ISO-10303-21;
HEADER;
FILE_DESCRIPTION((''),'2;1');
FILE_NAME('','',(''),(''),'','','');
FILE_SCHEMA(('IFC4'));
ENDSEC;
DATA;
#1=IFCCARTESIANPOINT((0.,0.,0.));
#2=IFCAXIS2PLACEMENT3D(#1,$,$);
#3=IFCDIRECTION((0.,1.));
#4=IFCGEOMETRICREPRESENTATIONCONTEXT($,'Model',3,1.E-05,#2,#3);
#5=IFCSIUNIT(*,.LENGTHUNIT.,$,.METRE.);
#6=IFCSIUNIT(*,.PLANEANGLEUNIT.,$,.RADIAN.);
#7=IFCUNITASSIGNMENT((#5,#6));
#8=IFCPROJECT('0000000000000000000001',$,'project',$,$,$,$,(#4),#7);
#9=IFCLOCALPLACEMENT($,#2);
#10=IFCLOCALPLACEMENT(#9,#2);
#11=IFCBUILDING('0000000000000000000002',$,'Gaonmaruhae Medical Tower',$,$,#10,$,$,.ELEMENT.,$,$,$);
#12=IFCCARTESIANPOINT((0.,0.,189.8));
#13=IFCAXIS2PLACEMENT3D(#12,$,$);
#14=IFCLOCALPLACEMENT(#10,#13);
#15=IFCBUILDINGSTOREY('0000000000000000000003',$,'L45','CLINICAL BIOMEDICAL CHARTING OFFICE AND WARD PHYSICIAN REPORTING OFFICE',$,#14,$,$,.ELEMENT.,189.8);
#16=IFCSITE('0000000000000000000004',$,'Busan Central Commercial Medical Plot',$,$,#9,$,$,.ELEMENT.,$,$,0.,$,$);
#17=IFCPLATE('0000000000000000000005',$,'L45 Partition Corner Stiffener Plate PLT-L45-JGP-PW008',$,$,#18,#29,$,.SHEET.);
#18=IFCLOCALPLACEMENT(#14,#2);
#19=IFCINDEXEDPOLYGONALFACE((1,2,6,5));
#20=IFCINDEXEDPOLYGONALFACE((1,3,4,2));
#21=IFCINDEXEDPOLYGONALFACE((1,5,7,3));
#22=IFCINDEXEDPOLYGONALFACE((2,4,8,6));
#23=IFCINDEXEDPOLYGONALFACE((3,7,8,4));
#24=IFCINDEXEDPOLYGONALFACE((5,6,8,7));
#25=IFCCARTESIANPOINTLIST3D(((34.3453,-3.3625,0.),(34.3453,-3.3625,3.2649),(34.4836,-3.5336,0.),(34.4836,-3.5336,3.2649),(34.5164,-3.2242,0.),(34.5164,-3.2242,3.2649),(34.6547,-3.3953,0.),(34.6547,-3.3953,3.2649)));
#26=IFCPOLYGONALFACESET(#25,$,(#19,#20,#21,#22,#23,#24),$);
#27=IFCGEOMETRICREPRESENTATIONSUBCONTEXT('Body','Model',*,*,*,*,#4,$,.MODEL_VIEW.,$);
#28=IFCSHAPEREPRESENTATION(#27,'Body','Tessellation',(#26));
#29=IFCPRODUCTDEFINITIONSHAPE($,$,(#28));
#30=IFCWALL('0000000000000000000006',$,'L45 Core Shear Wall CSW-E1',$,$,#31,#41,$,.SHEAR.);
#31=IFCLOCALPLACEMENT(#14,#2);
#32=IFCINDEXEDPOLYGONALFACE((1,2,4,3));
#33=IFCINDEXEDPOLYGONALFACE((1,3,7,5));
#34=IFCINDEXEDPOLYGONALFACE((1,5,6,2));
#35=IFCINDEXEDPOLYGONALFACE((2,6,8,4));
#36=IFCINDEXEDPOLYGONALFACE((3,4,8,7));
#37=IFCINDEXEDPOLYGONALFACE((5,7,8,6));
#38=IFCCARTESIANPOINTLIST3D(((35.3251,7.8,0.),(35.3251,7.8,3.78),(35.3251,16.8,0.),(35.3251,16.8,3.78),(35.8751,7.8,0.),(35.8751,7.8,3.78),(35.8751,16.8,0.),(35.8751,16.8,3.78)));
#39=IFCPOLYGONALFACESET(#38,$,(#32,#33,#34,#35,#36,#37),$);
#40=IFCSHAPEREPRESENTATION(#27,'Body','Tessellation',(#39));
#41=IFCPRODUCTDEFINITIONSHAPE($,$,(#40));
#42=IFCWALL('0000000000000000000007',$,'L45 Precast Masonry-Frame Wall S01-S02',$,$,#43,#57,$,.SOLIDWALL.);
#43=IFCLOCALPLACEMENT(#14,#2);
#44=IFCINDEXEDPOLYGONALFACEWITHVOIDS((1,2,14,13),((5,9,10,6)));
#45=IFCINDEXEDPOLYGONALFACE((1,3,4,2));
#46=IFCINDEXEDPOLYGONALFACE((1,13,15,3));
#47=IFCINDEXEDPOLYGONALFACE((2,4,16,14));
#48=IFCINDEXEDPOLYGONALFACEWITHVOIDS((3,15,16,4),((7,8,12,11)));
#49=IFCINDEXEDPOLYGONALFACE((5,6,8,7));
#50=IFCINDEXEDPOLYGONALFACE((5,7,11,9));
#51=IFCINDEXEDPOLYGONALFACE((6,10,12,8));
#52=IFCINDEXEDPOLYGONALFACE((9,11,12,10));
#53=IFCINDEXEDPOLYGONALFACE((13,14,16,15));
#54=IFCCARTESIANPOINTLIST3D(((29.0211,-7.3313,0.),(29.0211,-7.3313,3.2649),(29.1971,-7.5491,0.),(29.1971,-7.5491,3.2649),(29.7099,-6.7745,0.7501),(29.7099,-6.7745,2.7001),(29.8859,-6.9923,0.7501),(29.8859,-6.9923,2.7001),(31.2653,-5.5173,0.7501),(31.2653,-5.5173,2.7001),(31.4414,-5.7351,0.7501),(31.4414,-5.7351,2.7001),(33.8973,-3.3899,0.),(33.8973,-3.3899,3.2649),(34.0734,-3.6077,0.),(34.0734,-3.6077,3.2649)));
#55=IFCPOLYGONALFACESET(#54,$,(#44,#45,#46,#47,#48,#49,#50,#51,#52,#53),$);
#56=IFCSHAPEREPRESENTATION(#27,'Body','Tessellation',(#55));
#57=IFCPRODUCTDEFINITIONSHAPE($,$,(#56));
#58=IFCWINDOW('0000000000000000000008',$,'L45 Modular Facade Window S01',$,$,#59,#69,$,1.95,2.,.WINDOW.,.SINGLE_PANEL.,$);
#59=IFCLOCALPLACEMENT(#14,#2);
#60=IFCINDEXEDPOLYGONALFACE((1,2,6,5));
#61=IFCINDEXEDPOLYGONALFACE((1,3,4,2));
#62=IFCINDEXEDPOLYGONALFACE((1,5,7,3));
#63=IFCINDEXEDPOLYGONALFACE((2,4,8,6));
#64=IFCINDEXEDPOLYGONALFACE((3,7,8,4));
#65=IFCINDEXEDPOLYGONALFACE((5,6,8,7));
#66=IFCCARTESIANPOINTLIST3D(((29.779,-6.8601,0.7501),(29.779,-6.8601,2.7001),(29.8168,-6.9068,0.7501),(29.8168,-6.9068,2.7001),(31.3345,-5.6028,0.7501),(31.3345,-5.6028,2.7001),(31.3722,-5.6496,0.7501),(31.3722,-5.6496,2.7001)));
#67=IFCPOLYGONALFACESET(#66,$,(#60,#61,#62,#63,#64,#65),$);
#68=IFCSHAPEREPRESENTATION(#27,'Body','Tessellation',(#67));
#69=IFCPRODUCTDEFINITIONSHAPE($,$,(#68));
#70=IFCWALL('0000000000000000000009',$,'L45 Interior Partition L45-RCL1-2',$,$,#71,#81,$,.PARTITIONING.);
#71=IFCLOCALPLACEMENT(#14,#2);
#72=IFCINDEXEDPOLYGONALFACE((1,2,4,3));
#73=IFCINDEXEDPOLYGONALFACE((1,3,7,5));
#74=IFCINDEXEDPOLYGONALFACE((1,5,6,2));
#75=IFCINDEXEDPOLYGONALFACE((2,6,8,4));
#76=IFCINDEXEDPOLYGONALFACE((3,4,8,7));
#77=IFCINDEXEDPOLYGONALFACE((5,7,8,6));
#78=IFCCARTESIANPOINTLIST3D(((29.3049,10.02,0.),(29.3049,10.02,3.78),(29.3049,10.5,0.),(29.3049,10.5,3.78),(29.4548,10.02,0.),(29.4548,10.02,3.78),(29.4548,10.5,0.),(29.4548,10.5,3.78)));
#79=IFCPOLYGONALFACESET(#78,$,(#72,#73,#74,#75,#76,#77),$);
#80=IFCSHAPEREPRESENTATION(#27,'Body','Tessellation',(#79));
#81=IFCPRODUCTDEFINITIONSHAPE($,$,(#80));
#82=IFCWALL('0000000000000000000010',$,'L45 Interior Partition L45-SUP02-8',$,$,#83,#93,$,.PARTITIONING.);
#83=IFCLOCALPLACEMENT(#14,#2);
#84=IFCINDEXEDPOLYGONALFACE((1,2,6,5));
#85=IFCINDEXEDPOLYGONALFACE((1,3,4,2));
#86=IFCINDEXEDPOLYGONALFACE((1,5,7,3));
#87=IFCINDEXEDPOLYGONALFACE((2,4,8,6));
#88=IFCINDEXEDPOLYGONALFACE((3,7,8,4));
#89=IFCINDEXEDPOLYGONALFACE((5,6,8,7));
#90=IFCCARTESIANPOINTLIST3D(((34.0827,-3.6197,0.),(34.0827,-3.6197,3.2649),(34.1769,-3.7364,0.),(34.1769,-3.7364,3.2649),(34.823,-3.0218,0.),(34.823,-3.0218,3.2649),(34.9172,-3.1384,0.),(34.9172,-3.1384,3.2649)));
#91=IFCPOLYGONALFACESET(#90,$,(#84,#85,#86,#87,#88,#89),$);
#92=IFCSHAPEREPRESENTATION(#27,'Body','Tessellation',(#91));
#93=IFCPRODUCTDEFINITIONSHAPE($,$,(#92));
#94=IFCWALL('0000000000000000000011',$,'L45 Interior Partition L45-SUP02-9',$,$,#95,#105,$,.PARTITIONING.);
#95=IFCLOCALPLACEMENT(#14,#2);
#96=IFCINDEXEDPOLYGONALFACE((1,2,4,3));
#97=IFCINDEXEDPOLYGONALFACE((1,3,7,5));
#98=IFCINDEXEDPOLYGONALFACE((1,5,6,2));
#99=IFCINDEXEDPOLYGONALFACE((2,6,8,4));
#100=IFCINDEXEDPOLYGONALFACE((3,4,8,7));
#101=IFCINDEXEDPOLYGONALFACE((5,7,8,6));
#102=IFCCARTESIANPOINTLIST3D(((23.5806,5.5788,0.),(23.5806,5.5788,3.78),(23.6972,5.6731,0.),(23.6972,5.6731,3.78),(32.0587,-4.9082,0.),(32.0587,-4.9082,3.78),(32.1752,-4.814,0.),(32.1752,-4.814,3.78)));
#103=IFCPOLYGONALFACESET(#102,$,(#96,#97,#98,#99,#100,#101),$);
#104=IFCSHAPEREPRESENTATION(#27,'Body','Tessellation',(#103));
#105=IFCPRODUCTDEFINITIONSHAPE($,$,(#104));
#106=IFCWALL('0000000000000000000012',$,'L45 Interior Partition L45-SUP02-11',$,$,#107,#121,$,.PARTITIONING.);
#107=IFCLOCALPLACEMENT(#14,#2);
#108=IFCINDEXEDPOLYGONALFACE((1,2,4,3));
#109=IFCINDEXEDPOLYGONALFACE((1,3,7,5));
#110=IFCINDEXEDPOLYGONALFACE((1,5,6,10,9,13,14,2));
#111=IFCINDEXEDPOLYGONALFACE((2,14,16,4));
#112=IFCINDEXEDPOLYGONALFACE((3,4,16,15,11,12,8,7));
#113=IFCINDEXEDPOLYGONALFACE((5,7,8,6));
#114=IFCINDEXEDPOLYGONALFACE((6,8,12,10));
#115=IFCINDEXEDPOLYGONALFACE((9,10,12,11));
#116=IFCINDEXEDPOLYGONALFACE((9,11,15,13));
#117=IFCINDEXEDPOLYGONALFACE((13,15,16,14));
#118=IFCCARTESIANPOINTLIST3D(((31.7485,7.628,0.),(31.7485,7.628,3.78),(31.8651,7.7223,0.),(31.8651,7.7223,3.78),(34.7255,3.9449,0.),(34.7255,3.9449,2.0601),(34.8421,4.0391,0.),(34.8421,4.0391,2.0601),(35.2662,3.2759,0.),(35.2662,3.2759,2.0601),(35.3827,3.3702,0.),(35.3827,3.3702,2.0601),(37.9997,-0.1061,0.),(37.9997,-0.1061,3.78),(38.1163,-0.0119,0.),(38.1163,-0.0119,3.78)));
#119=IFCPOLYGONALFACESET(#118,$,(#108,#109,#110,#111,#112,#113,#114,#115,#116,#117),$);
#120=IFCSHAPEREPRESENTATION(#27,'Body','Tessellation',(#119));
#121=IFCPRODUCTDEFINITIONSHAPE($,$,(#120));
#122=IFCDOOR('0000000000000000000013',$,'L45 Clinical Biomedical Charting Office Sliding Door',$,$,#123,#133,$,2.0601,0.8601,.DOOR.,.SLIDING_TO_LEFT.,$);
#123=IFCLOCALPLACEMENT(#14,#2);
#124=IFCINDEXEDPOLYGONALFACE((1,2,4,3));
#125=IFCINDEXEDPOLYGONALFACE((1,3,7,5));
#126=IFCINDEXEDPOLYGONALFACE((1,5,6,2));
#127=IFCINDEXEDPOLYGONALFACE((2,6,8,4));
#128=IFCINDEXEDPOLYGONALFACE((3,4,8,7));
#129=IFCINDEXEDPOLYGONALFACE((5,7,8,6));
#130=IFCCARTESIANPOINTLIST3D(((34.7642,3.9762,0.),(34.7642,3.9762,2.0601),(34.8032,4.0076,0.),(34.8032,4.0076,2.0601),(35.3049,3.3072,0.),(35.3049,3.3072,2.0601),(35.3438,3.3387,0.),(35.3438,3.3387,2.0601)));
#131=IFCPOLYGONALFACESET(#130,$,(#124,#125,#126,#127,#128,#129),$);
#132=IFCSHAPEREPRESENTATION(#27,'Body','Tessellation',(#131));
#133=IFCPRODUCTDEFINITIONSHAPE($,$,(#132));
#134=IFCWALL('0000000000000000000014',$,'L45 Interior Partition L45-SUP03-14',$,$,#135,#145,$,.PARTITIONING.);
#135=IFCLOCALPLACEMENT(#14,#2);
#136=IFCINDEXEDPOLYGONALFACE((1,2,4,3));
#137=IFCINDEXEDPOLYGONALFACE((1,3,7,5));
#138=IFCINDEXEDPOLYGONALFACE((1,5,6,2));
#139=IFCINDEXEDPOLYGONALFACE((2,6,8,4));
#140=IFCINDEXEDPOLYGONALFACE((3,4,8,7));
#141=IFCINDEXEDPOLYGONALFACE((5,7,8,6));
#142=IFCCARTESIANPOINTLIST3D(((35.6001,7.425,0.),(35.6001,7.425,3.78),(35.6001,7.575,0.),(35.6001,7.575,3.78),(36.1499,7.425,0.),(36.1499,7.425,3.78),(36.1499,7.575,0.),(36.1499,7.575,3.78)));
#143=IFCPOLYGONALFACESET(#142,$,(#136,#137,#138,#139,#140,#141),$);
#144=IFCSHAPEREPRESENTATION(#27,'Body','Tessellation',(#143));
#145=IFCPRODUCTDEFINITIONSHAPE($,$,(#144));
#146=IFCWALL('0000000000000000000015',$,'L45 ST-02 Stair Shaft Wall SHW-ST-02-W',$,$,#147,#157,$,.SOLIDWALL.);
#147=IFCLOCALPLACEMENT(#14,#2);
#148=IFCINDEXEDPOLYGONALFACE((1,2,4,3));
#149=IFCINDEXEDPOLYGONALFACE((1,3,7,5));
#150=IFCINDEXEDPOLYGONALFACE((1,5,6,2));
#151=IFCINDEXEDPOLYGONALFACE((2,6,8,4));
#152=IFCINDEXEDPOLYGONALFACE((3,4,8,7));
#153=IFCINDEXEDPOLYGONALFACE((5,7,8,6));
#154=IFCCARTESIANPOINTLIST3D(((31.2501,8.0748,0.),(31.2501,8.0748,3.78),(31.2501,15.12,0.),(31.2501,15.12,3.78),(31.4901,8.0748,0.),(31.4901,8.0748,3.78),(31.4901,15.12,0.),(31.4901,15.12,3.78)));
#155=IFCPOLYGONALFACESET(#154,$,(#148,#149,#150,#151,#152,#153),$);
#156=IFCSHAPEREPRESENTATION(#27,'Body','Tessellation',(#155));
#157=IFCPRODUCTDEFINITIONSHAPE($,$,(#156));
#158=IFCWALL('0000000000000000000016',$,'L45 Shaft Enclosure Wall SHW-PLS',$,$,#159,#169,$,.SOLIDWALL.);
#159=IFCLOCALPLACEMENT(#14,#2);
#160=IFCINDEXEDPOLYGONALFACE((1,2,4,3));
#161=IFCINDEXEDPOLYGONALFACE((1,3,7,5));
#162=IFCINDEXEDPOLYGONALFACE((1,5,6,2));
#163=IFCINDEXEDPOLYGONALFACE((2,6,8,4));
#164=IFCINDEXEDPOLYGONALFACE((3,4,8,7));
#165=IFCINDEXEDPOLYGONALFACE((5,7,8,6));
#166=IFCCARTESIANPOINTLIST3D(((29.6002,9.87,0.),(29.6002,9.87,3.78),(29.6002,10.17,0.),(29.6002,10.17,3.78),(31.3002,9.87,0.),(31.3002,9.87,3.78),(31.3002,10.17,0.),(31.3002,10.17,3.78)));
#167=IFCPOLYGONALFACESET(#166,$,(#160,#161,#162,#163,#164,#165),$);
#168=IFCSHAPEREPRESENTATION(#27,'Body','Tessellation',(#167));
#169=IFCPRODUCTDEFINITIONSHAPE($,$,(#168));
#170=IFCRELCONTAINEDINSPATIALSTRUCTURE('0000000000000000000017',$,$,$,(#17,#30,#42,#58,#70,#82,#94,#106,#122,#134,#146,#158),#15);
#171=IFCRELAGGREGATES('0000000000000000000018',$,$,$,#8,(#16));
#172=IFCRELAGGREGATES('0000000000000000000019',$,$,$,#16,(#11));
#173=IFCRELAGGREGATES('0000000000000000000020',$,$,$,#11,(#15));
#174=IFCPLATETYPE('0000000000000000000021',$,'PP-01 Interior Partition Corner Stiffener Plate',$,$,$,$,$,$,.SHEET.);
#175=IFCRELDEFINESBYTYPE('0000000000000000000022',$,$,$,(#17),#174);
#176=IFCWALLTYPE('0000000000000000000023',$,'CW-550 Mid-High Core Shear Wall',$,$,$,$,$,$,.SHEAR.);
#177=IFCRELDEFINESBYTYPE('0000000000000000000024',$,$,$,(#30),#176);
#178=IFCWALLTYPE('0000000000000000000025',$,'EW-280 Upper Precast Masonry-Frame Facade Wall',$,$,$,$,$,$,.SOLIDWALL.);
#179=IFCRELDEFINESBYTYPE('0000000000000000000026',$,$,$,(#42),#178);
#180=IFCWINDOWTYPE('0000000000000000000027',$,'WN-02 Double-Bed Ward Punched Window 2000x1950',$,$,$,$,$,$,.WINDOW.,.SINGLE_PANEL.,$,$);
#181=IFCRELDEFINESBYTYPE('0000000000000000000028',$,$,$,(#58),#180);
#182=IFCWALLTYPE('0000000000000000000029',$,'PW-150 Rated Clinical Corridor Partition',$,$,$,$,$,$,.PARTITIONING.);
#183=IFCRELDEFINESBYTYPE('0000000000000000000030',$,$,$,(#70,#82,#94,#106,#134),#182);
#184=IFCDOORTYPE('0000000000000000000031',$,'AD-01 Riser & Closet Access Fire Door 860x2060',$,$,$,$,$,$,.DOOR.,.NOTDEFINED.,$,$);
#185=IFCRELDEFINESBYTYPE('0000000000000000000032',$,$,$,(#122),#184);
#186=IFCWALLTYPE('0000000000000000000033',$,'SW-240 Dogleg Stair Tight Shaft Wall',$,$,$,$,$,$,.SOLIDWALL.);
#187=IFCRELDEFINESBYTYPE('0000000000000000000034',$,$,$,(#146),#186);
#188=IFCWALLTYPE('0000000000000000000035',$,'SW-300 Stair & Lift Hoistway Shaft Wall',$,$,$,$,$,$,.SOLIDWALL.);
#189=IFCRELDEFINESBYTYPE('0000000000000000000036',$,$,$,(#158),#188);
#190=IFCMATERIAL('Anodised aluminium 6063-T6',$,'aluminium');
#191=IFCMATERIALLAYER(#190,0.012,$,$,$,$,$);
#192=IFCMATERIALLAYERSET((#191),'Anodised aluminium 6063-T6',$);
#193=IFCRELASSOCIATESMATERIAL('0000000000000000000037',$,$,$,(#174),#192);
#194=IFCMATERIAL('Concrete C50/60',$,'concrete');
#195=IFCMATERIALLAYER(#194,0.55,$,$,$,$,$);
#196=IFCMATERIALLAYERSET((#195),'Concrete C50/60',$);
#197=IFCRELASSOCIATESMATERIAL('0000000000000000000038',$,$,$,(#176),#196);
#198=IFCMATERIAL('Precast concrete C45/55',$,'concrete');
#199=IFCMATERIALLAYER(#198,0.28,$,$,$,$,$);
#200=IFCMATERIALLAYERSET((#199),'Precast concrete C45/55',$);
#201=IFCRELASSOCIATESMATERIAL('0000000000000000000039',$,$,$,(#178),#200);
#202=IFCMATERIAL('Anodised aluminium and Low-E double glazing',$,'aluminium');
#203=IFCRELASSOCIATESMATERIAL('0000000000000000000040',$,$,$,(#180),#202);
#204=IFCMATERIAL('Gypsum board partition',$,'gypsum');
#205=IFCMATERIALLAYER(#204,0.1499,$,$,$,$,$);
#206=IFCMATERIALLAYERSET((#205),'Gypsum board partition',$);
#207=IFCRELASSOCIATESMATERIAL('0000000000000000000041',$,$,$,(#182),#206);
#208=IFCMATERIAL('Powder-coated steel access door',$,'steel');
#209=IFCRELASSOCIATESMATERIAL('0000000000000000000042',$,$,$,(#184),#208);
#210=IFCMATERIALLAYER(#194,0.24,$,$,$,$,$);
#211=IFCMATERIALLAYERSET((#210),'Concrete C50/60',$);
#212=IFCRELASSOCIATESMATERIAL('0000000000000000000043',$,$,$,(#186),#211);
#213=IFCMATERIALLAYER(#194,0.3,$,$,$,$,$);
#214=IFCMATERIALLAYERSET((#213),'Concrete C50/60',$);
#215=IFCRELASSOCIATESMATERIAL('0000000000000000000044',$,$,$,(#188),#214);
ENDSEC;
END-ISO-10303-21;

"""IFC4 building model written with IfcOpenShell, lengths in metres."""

from ifc_helpers import new_model, si_unit, direction, frame, frame_2d, origin, origin_2d, place, context, subcontext, project, spatial, rectangle, extrude, material, layer, layer_set, type_object, element, fill, save


model = new_model("IFC4")

# Units and contexts
model_context = context("Model", 3, precision=1e-05, world=origin(), true_north=direction((0.0, 1.0)))
body_context = subcontext(model_context, "Body", "Model", "MODEL_VIEW")
ifc_project = project(units=[si_unit("LENGTHUNIT", "METRE"), si_unit("PLANEANGLEUNIT", "RADIAN")], contexts=[model_context])

# Site, building, storey
site_placement = place(None, origin())
site = spatial("IfcSite", under=ifc_project, at=site_placement, Name="Busan Central Commercial Medical Plot", CompositionType="ELEMENT", RefElevation=0.0)
building_placement = place(site_placement, origin())
building = spatial("IfcBuilding", under=site, at=building_placement, Name="Gaonmaruhae Medical Tower", CompositionType="ELEMENT")
storey_placement = place(building_placement, frame((0.0, 0.0, 189.8)))
storey = spatial("IfcBuildingStorey", under=building, at=storey_placement, Name="L45", Description="CLINICAL BIOMEDICAL CHARTING OFFICE AND WARD PHYSICIAN REPORTING OFFICE", CompositionType="ELEMENT", Elevation=189.8)

# Shared definitions
ifc_material_1 = material(Name="Concrete C50/60", Category="concrete")

# Plate
ifc_material_2 = material(Name="Anodised aluminium 6063-T6", Category="aluminium")
ifc_layer_1 = layer(ifc_material_2, 0.012)
ifc_layer_set_1 = layer_set([ifc_layer_1], Name="Anodised aluminium 6063-T6")
plate_type = type_object("IfcPlateType", Name="PP-01 Interior Partition Corner Stiffener Plate", PredefinedType="SHEET", material=ifc_layer_set_1)
plate_1_placement = place(storey_placement, frame((34.5, -3.3789, 0.0), z_axis=(0.0, 0.0, 1.0), x_axis=(-0.777783, -0.628533, 0.0)))
element("IfcPlate", 1, at=plate_1_placement, inside=storey, type_object=plate_type, Name="L45 Partition Corner Stiffener Plate PLT-L45-JGP-PW008", PredefinedType="SHEET", context=body_context, shape_type="SweptSolid", body=[
    extrude(rectangle(XDim=0.22, YDim=0.22, at=origin_2d()), origin(), (0.0, 0.0, 1.0), 3.2649),
])

# Wall
ifc_layer_2 = layer(ifc_material_1, 0.55)
ifc_layer_set_2 = layer_set([ifc_layer_2], Name="Concrete C50/60")
wall_type_1 = type_object("IfcWallType", Name="CW-550 Mid-High Core Shear Wall", PredefinedType="SHEAR", material=ifc_layer_set_2)
wall_1_placement = place(storey_placement, frame((35.6001, 7.8, 0.0), z_axis=(0.0, 0.0, 1.0), x_axis=(0.0, 1.0, 0.0)))
element("IfcWall", 2, at=wall_1_placement, inside=storey, type_object=wall_type_1, Name="L45 Core Shear Wall CSW-E1", PredefinedType="SHEAR", context=body_context, shape_type="SweptSolid", body=[
    extrude(rectangle(XDim=9.0, YDim=0.55, at=frame_2d((4.5, 0.0))), origin(), (0.0, 0.0, 1.0), 3.78),
])

# Wall, opening, window
ifc_material_3 = material(Name="Precast concrete C45/55", Category="concrete")
ifc_layer_3 = layer(ifc_material_3, 0.28)
ifc_layer_set_3 = layer_set([ifc_layer_3], Name="Precast concrete C45/55")
wall_type_2 = type_object("IfcWallType", Name="EW-280 Upper Precast Masonry-Frame Facade Wall", PredefinedType="SOLIDWALL", material=ifc_layer_set_3)
wall_2_placement = place(storey_placement, frame((33.9854, -3.4988, 0.0), z_axis=(0.0, 0.0, 1.0), x_axis=(-0.777713, -0.628619, 0.0)))
wall_2 = element("IfcWall", 3, at=wall_2_placement, inside=storey, type_object=wall_type_2, Name="L45 Precast Masonry-Frame Wall S01-S02", PredefinedType="SOLIDWALL", context=body_context, shape_type="SweptSolid", body=[
    extrude(rectangle(XDim=6.27, YDim=0.28, at=frame_2d((3.135, 0.0))), origin(), (0.0, 0.0, 1.0), 3.2649),
])
opening_1_placement = place(wall_2_placement, frame((3.3843, 0.0, 0.75)))
opening_1 = element("IfcOpeningElement", 4, at=opening_1_placement, cuts=wall_2, PredefinedType="OPENING", context=body_context, shape_type="SweptSolid", body=[
    extrude(rectangle(XDim=2.0, YDim=1.95, at=frame_2d((1.0, 0.9751))), frame((0.0, 0.1499, 0.0), z_axis=(0.0, -1.0, 0.0), x_axis=(1.0, 0.0, 0.0)), (0.0, 0.0, 1.0), 0.3),
])
ifc_material_4 = material(Name="Anodised aluminium and Low-E double glazing", Category="aluminium")
window_type = type_object("IfcWindowType", Name="WN-02 Double-Bed Ward Punched Window 2000x1950", PartitioningType="SINGLE_PANEL", PredefinedType="WINDOW", material=ifc_material_4)
window_placement = place(opening_1_placement, origin())
window = element("IfcWindow", 5, at=window_placement, inside=storey, type_object=window_type, Name="L45 Modular Facade Window S01", OverallHeight=1.95, OverallWidth=2.0, PartitioningType="SINGLE_PANEL", PredefinedType="WINDOW", context=body_context, shape_type="SweptSolid", body=[
    extrude(rectangle(XDim=2.0, YDim=1.95, at=frame_2d((1.0, 0.9751))), frame((0.0, 0.03, 0.0), z_axis=(0.0, -1.0, 0.0), x_axis=(1.0, 0.0, 0.0)), (0.0, 0.0, 1.0), 0.0601),
])
fill(opening_1, window)

# Walls
ifc_material_5 = material(Name="Gypsum board partition", Category="gypsum")
ifc_layer_4 = layer(ifc_material_5, 0.1499)
ifc_layer_set_4 = layer_set([ifc_layer_4], Name="Gypsum board partition")
wall_type_3 = type_object("IfcWallType", Name="PW-150 Rated Clinical Corridor Partition", PredefinedType="PARTITIONING", material=ifc_layer_set_4)
wall_3_placement = place(storey_placement, frame((29.3799, 10.5, 0.0), z_axis=(0.0, 0.0, 1.0), x_axis=(0.0, -1.0, 0.0)))
element("IfcWall", 6, at=wall_3_placement, inside=storey, type_object=wall_type_3, Name="L45 Interior Partition L45-RCL1-2", PredefinedType="PARTITIONING", context=body_context, shape_type="SweptSolid", body=[
    extrude(rectangle(XDim=0.48, YDim=0.1499, at=frame_2d((0.24, 0.0))), origin(), (0.0, 0.0, 1.0), 3.78),
])
wall_4_placement = place(storey_placement, frame((34.8701, -3.0801, 0.0), z_axis=(0.0, 0.0, 1.0), x_axis=(-0.777932, -0.628349, 0.0)))
element("IfcWall", 7, at=wall_4_placement, inside=storey, type_object=wall_type_3, Name="L45 Interior Partition L45-SUP02-8", PredefinedType="PARTITIONING", context=body_context, shape_type="SweptSolid", body=[
    extrude(rectangle(XDim=0.9517, YDim=0.1499, at=frame_2d((0.4758, 0.0))), origin(), (0.0, 0.0, 1.0), 3.2649),
])
wall_5_placement = place(storey_placement, frame((32.1169, -4.8611, 0.0), z_axis=(0.0, 0.0, 1.0), x_axis=(-0.628683, 0.777662, 0.0)))
element("IfcWall", 8, at=wall_5_placement, inside=storey, type_object=wall_type_3, Name="L45 Interior Partition L45-SUP02-9", PredefinedType="PARTITIONING", context=body_context, shape_type="SweptSolid", body=[
    extrude(rectangle(XDim=13.4854, YDim=0.1499, at=frame_2d((6.7427, 0.0))), origin(), (0.0, 0.0, 1.0), 3.78),
])

# Wall, opening, door
wall_6_placement = place(storey_placement, frame((31.8069, 7.675, 0.0), z_axis=(0.0, 0.0, 1.0), x_axis=(0.628606, -0.777724, 0.0)))
wall_6 = element("IfcWall", 9, at=wall_6_placement, inside=storey, type_object=wall_type_3, Name="L45 Interior Partition L45-SUP02-11", PredefinedType="PARTITIONING", context=body_context, shape_type="SweptSolid", body=[
    extrude(rectangle(XDim=9.9446, YDim=0.1499, at=frame_2d((4.9722, 0.0))), origin(), (0.0, 0.0, 1.0), 3.78),
])
opening_2_placement = place(wall_6_placement, frame((4.7356, 0.0, 0.0)))
opening_2 = element("IfcOpeningElement", 10, at=opening_2_placement, cuts=wall_6, PredefinedType="OPENING", context=body_context, shape_type="SweptSolid", body=[
    extrude(rectangle(XDim=0.8601, YDim=2.0601, at=frame_2d((0.4302, 1.03))), frame((0.0, 0.085, 0.0), z_axis=(0.0, -1.0, 0.0), x_axis=(1.0, 0.0, 0.0)), (0.0, 0.0, 1.0), 0.1699),
])
ifc_material_6 = material(Name="Powder-coated steel access door", Category="steel")
door_type = type_object("IfcDoorType", Name="AD-01 Riser & Closet Access Fire Door 860x2060", OperationType="NOTDEFINED", PredefinedType="DOOR", material=ifc_material_6)
door_placement = place(opening_2_placement, origin())
door = element("IfcDoor", 11, at=door_placement, inside=storey, type_object=door_type, Name="L45 Clinical Biomedical Charting Office Sliding Door", OperationType="SLIDING_TO_LEFT", OverallHeight=2.0601, OverallWidth=0.8601, PredefinedType="DOOR", context=body_context, shape_type="SweptSolid", body=[
    extrude(rectangle(XDim=0.8601, YDim=2.0601, at=frame_2d((0.4302, 1.03))), frame((0.0, 0.0249, 0.0), z_axis=(0.0, -1.0, 0.0), x_axis=(1.0, 0.0, 0.0)), (0.0, 0.0, 1.0), 0.05),
])
fill(opening_2, door)

# Walls
wall_7_placement = place(storey_placement, frame((35.6001, 7.5, 0.0), z_axis=(0.0, 0.0, 1.0), x_axis=(1.0, 0.0, 0.0)))
element("IfcWall", 12, at=wall_7_placement, inside=storey, type_object=wall_type_3, Name="L45 Interior Partition L45-SUP03-14", PredefinedType="PARTITIONING", context=body_context, shape_type="SweptSolid", body=[
    extrude(rectangle(XDim=0.5498, YDim=0.1499, at=frame_2d((0.2749, 0.0))), origin(), (0.0, 0.0, 1.0), 3.78),
])
ifc_layer_5 = layer(ifc_material_1, 0.24)
ifc_layer_set_5 = layer_set([ifc_layer_5], Name="Concrete C50/60")
wall_type_4 = type_object("IfcWallType", Name="SW-240 Dogleg Stair Tight Shaft Wall", PredefinedType="SOLIDWALL", material=ifc_layer_set_5)
wall_8_placement = place(storey_placement, frame((31.3701, 8.075, 0.0), z_axis=(0.0, 0.0, 1.0), x_axis=(0.0, 1.0, 0.0)))
element("IfcWall", 13, at=wall_8_placement, inside=storey, type_object=wall_type_4, Name="L45 ST-02 Stair Shaft Wall SHW-ST-02-W", PredefinedType="SOLIDWALL", context=body_context, shape_type="SweptSolid", body=[
    extrude(rectangle(XDim=7.0452, YDim=0.24, at=frame_2d((3.5225, 0.0))), origin(), (0.0, 0.0, 1.0), 3.78),
])
ifc_layer_6 = layer(ifc_material_1, 0.3)
ifc_layer_set_6 = layer_set([ifc_layer_6], Name="Concrete C50/60")
wall_type_5 = type_object("IfcWallType", Name="SW-300 Stair & Lift Hoistway Shaft Wall", PredefinedType="SOLIDWALL", material=ifc_layer_set_6)
wall_9_placement = place(storey_placement, frame((29.6001, 10.02, 0.0), z_axis=(0.0, 0.0, 1.0), x_axis=(1.0, 0.0, 0.0)))
element("IfcWall", 14, at=wall_9_placement, inside=storey, type_object=wall_type_5, Name="L45 Shaft Enclosure Wall SHW-PLS", PredefinedType="SOLIDWALL", context=body_context, shape_type="SweptSolid", body=[
    extrude(rectangle(XDim=1.7, YDim=0.3, at=frame_2d((0.8501, 0.0))), origin(), (0.0, 0.0, 1.0), 3.78),
])

save(model, "model.ifc")
